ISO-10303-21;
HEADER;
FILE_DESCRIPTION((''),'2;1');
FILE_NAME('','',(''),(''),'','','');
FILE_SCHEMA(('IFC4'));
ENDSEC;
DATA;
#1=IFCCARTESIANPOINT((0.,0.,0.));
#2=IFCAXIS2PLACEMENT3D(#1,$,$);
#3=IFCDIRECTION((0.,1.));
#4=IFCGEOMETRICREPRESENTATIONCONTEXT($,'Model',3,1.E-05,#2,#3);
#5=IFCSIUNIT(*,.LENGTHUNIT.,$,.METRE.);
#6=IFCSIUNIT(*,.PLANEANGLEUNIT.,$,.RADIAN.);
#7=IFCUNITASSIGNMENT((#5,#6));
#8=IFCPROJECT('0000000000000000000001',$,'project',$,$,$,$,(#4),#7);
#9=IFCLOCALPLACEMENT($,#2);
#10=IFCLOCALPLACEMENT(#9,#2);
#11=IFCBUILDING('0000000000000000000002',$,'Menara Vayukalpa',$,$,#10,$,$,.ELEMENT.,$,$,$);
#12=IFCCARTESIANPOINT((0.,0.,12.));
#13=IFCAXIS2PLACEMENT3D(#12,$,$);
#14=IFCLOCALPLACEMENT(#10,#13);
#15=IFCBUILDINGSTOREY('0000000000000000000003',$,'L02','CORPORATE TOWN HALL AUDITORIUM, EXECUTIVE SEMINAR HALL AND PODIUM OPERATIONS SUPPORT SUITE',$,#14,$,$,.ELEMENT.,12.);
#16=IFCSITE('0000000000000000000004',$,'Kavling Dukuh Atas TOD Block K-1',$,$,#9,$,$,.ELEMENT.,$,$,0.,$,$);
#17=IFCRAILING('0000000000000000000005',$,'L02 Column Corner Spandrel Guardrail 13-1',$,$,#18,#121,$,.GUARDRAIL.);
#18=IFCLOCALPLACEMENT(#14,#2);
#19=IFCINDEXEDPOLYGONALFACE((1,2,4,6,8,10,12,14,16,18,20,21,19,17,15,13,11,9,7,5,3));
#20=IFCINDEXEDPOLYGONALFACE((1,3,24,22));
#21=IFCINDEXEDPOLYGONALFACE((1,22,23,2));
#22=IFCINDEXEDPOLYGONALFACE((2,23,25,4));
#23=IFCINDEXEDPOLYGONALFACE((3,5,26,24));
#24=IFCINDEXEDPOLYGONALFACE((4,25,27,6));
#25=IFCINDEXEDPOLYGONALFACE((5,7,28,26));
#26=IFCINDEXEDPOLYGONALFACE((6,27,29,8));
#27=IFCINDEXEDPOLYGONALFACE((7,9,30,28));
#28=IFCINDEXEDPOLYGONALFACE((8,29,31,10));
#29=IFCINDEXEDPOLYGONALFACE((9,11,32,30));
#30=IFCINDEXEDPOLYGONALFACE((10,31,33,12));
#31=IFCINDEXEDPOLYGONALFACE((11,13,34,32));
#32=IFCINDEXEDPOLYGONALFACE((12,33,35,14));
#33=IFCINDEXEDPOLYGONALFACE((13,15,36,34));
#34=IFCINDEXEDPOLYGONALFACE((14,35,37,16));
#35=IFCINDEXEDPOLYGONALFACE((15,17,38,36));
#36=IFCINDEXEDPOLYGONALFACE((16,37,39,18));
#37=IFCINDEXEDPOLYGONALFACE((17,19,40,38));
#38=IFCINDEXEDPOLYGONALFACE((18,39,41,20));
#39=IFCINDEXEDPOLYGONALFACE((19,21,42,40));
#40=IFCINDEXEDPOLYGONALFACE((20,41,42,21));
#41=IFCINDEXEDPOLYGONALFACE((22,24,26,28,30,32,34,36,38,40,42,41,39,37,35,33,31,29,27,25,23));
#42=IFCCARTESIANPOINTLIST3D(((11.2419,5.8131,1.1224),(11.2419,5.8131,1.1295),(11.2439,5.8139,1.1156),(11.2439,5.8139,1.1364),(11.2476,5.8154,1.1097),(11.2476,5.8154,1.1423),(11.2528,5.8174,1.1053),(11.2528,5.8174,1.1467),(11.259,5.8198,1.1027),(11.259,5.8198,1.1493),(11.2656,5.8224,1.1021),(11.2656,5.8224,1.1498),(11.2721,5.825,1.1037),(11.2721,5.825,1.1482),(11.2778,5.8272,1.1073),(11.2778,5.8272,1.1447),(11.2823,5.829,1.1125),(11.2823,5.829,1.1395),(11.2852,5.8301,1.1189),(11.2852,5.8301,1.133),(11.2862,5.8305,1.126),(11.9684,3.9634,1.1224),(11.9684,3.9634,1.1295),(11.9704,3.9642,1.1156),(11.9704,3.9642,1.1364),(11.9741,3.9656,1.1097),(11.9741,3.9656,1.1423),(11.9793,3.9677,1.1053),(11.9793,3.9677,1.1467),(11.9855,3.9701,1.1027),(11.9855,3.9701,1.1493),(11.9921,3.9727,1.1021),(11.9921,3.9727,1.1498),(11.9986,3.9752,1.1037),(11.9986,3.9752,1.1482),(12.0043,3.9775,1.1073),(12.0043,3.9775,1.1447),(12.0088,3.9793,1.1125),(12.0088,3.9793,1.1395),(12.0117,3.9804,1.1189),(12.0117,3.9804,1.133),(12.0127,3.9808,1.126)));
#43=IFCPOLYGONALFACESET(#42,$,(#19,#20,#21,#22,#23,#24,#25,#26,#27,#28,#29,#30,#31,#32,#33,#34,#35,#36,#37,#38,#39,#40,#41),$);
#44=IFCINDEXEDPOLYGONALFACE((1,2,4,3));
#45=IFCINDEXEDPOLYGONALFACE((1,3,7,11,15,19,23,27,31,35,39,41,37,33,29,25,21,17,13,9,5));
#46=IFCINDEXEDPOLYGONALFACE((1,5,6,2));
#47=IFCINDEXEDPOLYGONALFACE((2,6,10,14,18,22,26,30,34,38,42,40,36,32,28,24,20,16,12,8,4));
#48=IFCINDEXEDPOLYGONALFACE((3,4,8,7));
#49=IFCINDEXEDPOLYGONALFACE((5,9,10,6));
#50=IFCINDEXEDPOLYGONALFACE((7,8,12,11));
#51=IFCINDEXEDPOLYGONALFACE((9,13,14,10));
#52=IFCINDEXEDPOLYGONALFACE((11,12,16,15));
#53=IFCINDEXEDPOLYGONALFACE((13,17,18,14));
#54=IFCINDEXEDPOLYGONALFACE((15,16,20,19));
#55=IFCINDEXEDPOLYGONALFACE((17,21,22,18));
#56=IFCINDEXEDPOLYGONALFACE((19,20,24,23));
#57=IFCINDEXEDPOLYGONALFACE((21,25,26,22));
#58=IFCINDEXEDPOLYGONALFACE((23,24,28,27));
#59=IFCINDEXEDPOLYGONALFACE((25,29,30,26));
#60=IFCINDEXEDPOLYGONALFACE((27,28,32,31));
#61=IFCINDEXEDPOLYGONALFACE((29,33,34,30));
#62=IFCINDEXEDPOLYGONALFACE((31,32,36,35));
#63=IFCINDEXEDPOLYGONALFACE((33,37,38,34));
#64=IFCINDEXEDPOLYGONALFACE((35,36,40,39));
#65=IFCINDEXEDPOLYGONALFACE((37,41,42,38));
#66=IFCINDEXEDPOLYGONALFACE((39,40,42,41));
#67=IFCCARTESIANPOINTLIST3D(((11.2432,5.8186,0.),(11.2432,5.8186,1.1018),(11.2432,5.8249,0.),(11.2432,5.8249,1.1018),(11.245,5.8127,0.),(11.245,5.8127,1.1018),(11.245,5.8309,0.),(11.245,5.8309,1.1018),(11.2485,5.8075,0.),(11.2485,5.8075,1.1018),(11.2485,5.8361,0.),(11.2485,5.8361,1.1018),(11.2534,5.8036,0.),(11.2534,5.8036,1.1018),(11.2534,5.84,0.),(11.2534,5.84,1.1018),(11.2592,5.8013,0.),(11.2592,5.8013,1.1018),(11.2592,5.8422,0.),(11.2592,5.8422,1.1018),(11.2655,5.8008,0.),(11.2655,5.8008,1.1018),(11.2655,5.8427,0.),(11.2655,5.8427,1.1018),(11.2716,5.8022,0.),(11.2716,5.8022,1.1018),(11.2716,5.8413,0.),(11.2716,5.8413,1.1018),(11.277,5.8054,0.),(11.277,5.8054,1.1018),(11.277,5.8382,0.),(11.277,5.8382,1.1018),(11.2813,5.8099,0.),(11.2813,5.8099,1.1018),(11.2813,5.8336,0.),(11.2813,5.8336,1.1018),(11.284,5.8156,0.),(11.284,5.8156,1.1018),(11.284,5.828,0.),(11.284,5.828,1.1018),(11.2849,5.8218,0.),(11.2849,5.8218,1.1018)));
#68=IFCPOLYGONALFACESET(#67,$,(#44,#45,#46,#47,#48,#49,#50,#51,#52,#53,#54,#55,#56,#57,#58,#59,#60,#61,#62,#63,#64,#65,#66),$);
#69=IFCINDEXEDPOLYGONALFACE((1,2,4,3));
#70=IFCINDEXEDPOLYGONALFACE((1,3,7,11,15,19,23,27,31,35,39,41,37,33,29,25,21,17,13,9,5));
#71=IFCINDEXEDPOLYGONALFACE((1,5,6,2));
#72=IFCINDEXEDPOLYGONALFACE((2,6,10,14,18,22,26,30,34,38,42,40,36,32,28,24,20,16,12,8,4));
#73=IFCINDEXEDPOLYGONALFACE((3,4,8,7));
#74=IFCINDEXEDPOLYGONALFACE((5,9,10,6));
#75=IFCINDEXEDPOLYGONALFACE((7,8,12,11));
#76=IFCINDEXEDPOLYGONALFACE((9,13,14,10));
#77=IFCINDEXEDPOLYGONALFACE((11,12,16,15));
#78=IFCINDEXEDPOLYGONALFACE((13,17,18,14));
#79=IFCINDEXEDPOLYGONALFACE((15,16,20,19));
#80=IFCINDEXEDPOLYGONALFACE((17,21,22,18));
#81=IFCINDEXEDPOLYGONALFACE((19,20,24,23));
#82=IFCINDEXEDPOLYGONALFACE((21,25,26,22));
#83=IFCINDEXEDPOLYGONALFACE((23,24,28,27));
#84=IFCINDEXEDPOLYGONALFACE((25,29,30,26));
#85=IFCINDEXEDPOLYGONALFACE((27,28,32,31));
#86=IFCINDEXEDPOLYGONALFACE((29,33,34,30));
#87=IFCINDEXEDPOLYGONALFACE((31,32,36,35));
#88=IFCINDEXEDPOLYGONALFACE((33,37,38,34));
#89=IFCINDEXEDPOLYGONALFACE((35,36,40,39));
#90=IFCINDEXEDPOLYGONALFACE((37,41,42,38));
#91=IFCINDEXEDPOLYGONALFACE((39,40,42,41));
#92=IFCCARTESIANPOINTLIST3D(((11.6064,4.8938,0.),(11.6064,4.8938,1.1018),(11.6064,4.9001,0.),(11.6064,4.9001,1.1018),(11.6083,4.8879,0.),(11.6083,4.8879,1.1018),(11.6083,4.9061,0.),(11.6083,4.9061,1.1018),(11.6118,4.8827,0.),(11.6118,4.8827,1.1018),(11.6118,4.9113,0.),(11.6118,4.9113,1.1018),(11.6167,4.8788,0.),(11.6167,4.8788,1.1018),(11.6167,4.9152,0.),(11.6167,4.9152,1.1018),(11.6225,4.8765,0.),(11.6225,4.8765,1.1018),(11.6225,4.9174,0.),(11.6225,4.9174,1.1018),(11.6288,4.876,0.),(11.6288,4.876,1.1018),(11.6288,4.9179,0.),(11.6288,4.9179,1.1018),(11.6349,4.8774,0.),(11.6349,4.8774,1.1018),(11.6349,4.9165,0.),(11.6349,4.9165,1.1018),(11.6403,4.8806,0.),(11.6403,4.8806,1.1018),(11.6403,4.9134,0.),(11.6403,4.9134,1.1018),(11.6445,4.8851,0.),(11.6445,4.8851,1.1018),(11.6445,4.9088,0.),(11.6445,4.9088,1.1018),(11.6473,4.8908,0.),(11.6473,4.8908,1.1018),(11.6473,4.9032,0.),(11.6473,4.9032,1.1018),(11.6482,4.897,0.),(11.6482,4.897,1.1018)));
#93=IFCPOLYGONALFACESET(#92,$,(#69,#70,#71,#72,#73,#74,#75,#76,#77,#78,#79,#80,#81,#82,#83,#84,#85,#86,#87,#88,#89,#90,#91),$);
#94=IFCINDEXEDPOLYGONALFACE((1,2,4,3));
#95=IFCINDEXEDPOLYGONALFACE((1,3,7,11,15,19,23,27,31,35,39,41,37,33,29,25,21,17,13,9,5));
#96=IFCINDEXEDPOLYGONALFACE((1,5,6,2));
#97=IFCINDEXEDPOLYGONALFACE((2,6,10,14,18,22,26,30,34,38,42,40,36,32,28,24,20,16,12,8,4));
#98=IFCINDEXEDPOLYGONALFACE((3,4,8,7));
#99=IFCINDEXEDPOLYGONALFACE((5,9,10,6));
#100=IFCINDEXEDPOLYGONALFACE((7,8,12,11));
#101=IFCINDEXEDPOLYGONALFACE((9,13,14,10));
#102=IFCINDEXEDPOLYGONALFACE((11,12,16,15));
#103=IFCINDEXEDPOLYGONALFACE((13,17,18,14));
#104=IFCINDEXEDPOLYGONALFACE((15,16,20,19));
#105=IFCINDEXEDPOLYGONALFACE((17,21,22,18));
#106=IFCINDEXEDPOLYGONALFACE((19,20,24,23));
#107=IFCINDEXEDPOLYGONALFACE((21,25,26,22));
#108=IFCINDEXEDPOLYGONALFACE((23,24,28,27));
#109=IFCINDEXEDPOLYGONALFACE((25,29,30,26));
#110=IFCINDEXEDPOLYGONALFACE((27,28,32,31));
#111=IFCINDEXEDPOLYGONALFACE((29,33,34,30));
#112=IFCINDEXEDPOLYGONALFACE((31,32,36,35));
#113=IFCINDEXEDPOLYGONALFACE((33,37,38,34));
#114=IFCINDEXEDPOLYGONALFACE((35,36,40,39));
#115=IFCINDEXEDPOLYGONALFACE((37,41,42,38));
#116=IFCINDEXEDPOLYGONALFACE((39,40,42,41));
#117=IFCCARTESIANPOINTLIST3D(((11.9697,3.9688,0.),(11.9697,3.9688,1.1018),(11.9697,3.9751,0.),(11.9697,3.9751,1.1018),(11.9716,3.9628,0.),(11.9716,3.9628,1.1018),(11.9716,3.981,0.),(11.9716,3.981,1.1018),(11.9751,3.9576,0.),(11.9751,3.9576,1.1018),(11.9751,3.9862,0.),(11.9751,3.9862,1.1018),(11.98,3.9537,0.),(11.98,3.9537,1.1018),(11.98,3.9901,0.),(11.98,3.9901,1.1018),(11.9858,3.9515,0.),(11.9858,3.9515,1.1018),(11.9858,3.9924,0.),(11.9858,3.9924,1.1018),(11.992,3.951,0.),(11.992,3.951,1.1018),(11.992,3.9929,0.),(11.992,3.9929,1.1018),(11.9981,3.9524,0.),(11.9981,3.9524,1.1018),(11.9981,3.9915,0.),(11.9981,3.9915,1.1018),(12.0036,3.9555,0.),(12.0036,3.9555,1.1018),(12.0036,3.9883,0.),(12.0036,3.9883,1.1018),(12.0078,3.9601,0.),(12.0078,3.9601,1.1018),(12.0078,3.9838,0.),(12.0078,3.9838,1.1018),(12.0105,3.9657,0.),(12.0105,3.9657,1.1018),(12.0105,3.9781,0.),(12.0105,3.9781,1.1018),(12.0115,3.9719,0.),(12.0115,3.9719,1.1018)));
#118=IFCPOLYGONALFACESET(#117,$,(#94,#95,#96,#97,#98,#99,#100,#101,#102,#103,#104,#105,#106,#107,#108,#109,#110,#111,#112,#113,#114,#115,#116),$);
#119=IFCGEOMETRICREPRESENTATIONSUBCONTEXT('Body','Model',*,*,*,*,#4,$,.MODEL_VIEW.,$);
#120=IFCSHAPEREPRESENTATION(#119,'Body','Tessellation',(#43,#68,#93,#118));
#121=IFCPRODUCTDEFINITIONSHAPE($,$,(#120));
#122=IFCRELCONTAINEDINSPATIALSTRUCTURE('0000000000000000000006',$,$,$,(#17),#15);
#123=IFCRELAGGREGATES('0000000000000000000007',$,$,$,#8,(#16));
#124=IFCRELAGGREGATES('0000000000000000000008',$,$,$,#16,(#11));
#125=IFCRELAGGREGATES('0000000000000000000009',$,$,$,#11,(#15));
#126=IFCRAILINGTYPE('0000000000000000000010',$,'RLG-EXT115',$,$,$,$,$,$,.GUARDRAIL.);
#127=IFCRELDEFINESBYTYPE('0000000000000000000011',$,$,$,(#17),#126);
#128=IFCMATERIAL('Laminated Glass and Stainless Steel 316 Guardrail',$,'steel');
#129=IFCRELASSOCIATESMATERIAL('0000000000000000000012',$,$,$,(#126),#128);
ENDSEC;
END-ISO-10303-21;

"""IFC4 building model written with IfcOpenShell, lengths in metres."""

from ifc_helpers import new_model, si_unit, direction, frame, origin, origin_2d, place, context, subcontext, project, spatial, circle, extrude, material, type_object, element, save


model = new_model("IFC4")

# Units and contexts
model_context = context("Model", 3, precision=1e-05, world=origin(), true_north=direction((0.0, 1.0)))
body_context = subcontext(model_context, "Body", "Model", "MODEL_VIEW")
ifc_project = project(units=[si_unit("LENGTHUNIT", "METRE"), si_unit("PLANEANGLEUNIT", "RADIAN")], contexts=[model_context])

# Site, building, storey
site_placement = place(None, origin())
site = spatial("IfcSite", under=ifc_project, at=site_placement, Name="Kavling Dukuh Atas TOD Block K-1", CompositionType="ELEMENT", RefElevation=0.0)
building_placement = place(site_placement, origin())
building = spatial("IfcBuilding", under=site, at=building_placement, Name="Menara Vayukalpa", CompositionType="ELEMENT")
storey_placement = place(building_placement, frame((0.0, 0.0, 12.0)))
storey = spatial("IfcBuildingStorey", under=building, at=storey_placement, Name="L02", Description="CORPORATE TOWN HALL AUDITORIUM, EXECUTIVE SEMINAR HALL AND PODIUM OPERATIONS SUPPORT SUITE", CompositionType="ELEMENT", Elevation=12.0)

# Railing
ifc_material_1 = material(Name="Laminated Glass and Stainless Steel 316 Guardrail", Category="steel")
railing_type = type_object("IfcRailingType", Name="RLG-EXT115", PredefinedType="GUARDRAIL", material=ifc_material_1)
railing_1_placement = place(storey_placement, frame((11.2639, 5.8218, 0.0)))
element("IfcRailing", 1, at=railing_1_placement, inside=storey, type_object=railing_type, Name="L02 Column Corner Spandrel Guardrail 13-1", PredefinedType="GUARDRAIL", context=body_context, shape_type="SweptSolid", body=[
    extrude(circle(Radius=0.0239, at=origin_2d()), frame((0.0, 0.0, 1.126), z_axis=(0.36558, -0.93078, 0.0), x_axis=(0.93078, 0.36558, 0.0)), (0.0, 0.0, 1.0), 1.9873),
    extrude(circle(Radius=0.021, at=origin_2d()), origin(), (0.0, 0.0, 1.0), 1.1018),
    extrude(circle(Radius=0.021, at=origin_2d()), frame((0.3633, -0.9248, 0.0)), (0.0, 0.0, 1.0), 1.1018),
    extrude(circle(Radius=0.021, at=origin_2d()), frame((0.7266, -1.8499, 0.0)), (0.0, 0.0, 1.0), 1.1018),
])

save(model, "model.ifc")
